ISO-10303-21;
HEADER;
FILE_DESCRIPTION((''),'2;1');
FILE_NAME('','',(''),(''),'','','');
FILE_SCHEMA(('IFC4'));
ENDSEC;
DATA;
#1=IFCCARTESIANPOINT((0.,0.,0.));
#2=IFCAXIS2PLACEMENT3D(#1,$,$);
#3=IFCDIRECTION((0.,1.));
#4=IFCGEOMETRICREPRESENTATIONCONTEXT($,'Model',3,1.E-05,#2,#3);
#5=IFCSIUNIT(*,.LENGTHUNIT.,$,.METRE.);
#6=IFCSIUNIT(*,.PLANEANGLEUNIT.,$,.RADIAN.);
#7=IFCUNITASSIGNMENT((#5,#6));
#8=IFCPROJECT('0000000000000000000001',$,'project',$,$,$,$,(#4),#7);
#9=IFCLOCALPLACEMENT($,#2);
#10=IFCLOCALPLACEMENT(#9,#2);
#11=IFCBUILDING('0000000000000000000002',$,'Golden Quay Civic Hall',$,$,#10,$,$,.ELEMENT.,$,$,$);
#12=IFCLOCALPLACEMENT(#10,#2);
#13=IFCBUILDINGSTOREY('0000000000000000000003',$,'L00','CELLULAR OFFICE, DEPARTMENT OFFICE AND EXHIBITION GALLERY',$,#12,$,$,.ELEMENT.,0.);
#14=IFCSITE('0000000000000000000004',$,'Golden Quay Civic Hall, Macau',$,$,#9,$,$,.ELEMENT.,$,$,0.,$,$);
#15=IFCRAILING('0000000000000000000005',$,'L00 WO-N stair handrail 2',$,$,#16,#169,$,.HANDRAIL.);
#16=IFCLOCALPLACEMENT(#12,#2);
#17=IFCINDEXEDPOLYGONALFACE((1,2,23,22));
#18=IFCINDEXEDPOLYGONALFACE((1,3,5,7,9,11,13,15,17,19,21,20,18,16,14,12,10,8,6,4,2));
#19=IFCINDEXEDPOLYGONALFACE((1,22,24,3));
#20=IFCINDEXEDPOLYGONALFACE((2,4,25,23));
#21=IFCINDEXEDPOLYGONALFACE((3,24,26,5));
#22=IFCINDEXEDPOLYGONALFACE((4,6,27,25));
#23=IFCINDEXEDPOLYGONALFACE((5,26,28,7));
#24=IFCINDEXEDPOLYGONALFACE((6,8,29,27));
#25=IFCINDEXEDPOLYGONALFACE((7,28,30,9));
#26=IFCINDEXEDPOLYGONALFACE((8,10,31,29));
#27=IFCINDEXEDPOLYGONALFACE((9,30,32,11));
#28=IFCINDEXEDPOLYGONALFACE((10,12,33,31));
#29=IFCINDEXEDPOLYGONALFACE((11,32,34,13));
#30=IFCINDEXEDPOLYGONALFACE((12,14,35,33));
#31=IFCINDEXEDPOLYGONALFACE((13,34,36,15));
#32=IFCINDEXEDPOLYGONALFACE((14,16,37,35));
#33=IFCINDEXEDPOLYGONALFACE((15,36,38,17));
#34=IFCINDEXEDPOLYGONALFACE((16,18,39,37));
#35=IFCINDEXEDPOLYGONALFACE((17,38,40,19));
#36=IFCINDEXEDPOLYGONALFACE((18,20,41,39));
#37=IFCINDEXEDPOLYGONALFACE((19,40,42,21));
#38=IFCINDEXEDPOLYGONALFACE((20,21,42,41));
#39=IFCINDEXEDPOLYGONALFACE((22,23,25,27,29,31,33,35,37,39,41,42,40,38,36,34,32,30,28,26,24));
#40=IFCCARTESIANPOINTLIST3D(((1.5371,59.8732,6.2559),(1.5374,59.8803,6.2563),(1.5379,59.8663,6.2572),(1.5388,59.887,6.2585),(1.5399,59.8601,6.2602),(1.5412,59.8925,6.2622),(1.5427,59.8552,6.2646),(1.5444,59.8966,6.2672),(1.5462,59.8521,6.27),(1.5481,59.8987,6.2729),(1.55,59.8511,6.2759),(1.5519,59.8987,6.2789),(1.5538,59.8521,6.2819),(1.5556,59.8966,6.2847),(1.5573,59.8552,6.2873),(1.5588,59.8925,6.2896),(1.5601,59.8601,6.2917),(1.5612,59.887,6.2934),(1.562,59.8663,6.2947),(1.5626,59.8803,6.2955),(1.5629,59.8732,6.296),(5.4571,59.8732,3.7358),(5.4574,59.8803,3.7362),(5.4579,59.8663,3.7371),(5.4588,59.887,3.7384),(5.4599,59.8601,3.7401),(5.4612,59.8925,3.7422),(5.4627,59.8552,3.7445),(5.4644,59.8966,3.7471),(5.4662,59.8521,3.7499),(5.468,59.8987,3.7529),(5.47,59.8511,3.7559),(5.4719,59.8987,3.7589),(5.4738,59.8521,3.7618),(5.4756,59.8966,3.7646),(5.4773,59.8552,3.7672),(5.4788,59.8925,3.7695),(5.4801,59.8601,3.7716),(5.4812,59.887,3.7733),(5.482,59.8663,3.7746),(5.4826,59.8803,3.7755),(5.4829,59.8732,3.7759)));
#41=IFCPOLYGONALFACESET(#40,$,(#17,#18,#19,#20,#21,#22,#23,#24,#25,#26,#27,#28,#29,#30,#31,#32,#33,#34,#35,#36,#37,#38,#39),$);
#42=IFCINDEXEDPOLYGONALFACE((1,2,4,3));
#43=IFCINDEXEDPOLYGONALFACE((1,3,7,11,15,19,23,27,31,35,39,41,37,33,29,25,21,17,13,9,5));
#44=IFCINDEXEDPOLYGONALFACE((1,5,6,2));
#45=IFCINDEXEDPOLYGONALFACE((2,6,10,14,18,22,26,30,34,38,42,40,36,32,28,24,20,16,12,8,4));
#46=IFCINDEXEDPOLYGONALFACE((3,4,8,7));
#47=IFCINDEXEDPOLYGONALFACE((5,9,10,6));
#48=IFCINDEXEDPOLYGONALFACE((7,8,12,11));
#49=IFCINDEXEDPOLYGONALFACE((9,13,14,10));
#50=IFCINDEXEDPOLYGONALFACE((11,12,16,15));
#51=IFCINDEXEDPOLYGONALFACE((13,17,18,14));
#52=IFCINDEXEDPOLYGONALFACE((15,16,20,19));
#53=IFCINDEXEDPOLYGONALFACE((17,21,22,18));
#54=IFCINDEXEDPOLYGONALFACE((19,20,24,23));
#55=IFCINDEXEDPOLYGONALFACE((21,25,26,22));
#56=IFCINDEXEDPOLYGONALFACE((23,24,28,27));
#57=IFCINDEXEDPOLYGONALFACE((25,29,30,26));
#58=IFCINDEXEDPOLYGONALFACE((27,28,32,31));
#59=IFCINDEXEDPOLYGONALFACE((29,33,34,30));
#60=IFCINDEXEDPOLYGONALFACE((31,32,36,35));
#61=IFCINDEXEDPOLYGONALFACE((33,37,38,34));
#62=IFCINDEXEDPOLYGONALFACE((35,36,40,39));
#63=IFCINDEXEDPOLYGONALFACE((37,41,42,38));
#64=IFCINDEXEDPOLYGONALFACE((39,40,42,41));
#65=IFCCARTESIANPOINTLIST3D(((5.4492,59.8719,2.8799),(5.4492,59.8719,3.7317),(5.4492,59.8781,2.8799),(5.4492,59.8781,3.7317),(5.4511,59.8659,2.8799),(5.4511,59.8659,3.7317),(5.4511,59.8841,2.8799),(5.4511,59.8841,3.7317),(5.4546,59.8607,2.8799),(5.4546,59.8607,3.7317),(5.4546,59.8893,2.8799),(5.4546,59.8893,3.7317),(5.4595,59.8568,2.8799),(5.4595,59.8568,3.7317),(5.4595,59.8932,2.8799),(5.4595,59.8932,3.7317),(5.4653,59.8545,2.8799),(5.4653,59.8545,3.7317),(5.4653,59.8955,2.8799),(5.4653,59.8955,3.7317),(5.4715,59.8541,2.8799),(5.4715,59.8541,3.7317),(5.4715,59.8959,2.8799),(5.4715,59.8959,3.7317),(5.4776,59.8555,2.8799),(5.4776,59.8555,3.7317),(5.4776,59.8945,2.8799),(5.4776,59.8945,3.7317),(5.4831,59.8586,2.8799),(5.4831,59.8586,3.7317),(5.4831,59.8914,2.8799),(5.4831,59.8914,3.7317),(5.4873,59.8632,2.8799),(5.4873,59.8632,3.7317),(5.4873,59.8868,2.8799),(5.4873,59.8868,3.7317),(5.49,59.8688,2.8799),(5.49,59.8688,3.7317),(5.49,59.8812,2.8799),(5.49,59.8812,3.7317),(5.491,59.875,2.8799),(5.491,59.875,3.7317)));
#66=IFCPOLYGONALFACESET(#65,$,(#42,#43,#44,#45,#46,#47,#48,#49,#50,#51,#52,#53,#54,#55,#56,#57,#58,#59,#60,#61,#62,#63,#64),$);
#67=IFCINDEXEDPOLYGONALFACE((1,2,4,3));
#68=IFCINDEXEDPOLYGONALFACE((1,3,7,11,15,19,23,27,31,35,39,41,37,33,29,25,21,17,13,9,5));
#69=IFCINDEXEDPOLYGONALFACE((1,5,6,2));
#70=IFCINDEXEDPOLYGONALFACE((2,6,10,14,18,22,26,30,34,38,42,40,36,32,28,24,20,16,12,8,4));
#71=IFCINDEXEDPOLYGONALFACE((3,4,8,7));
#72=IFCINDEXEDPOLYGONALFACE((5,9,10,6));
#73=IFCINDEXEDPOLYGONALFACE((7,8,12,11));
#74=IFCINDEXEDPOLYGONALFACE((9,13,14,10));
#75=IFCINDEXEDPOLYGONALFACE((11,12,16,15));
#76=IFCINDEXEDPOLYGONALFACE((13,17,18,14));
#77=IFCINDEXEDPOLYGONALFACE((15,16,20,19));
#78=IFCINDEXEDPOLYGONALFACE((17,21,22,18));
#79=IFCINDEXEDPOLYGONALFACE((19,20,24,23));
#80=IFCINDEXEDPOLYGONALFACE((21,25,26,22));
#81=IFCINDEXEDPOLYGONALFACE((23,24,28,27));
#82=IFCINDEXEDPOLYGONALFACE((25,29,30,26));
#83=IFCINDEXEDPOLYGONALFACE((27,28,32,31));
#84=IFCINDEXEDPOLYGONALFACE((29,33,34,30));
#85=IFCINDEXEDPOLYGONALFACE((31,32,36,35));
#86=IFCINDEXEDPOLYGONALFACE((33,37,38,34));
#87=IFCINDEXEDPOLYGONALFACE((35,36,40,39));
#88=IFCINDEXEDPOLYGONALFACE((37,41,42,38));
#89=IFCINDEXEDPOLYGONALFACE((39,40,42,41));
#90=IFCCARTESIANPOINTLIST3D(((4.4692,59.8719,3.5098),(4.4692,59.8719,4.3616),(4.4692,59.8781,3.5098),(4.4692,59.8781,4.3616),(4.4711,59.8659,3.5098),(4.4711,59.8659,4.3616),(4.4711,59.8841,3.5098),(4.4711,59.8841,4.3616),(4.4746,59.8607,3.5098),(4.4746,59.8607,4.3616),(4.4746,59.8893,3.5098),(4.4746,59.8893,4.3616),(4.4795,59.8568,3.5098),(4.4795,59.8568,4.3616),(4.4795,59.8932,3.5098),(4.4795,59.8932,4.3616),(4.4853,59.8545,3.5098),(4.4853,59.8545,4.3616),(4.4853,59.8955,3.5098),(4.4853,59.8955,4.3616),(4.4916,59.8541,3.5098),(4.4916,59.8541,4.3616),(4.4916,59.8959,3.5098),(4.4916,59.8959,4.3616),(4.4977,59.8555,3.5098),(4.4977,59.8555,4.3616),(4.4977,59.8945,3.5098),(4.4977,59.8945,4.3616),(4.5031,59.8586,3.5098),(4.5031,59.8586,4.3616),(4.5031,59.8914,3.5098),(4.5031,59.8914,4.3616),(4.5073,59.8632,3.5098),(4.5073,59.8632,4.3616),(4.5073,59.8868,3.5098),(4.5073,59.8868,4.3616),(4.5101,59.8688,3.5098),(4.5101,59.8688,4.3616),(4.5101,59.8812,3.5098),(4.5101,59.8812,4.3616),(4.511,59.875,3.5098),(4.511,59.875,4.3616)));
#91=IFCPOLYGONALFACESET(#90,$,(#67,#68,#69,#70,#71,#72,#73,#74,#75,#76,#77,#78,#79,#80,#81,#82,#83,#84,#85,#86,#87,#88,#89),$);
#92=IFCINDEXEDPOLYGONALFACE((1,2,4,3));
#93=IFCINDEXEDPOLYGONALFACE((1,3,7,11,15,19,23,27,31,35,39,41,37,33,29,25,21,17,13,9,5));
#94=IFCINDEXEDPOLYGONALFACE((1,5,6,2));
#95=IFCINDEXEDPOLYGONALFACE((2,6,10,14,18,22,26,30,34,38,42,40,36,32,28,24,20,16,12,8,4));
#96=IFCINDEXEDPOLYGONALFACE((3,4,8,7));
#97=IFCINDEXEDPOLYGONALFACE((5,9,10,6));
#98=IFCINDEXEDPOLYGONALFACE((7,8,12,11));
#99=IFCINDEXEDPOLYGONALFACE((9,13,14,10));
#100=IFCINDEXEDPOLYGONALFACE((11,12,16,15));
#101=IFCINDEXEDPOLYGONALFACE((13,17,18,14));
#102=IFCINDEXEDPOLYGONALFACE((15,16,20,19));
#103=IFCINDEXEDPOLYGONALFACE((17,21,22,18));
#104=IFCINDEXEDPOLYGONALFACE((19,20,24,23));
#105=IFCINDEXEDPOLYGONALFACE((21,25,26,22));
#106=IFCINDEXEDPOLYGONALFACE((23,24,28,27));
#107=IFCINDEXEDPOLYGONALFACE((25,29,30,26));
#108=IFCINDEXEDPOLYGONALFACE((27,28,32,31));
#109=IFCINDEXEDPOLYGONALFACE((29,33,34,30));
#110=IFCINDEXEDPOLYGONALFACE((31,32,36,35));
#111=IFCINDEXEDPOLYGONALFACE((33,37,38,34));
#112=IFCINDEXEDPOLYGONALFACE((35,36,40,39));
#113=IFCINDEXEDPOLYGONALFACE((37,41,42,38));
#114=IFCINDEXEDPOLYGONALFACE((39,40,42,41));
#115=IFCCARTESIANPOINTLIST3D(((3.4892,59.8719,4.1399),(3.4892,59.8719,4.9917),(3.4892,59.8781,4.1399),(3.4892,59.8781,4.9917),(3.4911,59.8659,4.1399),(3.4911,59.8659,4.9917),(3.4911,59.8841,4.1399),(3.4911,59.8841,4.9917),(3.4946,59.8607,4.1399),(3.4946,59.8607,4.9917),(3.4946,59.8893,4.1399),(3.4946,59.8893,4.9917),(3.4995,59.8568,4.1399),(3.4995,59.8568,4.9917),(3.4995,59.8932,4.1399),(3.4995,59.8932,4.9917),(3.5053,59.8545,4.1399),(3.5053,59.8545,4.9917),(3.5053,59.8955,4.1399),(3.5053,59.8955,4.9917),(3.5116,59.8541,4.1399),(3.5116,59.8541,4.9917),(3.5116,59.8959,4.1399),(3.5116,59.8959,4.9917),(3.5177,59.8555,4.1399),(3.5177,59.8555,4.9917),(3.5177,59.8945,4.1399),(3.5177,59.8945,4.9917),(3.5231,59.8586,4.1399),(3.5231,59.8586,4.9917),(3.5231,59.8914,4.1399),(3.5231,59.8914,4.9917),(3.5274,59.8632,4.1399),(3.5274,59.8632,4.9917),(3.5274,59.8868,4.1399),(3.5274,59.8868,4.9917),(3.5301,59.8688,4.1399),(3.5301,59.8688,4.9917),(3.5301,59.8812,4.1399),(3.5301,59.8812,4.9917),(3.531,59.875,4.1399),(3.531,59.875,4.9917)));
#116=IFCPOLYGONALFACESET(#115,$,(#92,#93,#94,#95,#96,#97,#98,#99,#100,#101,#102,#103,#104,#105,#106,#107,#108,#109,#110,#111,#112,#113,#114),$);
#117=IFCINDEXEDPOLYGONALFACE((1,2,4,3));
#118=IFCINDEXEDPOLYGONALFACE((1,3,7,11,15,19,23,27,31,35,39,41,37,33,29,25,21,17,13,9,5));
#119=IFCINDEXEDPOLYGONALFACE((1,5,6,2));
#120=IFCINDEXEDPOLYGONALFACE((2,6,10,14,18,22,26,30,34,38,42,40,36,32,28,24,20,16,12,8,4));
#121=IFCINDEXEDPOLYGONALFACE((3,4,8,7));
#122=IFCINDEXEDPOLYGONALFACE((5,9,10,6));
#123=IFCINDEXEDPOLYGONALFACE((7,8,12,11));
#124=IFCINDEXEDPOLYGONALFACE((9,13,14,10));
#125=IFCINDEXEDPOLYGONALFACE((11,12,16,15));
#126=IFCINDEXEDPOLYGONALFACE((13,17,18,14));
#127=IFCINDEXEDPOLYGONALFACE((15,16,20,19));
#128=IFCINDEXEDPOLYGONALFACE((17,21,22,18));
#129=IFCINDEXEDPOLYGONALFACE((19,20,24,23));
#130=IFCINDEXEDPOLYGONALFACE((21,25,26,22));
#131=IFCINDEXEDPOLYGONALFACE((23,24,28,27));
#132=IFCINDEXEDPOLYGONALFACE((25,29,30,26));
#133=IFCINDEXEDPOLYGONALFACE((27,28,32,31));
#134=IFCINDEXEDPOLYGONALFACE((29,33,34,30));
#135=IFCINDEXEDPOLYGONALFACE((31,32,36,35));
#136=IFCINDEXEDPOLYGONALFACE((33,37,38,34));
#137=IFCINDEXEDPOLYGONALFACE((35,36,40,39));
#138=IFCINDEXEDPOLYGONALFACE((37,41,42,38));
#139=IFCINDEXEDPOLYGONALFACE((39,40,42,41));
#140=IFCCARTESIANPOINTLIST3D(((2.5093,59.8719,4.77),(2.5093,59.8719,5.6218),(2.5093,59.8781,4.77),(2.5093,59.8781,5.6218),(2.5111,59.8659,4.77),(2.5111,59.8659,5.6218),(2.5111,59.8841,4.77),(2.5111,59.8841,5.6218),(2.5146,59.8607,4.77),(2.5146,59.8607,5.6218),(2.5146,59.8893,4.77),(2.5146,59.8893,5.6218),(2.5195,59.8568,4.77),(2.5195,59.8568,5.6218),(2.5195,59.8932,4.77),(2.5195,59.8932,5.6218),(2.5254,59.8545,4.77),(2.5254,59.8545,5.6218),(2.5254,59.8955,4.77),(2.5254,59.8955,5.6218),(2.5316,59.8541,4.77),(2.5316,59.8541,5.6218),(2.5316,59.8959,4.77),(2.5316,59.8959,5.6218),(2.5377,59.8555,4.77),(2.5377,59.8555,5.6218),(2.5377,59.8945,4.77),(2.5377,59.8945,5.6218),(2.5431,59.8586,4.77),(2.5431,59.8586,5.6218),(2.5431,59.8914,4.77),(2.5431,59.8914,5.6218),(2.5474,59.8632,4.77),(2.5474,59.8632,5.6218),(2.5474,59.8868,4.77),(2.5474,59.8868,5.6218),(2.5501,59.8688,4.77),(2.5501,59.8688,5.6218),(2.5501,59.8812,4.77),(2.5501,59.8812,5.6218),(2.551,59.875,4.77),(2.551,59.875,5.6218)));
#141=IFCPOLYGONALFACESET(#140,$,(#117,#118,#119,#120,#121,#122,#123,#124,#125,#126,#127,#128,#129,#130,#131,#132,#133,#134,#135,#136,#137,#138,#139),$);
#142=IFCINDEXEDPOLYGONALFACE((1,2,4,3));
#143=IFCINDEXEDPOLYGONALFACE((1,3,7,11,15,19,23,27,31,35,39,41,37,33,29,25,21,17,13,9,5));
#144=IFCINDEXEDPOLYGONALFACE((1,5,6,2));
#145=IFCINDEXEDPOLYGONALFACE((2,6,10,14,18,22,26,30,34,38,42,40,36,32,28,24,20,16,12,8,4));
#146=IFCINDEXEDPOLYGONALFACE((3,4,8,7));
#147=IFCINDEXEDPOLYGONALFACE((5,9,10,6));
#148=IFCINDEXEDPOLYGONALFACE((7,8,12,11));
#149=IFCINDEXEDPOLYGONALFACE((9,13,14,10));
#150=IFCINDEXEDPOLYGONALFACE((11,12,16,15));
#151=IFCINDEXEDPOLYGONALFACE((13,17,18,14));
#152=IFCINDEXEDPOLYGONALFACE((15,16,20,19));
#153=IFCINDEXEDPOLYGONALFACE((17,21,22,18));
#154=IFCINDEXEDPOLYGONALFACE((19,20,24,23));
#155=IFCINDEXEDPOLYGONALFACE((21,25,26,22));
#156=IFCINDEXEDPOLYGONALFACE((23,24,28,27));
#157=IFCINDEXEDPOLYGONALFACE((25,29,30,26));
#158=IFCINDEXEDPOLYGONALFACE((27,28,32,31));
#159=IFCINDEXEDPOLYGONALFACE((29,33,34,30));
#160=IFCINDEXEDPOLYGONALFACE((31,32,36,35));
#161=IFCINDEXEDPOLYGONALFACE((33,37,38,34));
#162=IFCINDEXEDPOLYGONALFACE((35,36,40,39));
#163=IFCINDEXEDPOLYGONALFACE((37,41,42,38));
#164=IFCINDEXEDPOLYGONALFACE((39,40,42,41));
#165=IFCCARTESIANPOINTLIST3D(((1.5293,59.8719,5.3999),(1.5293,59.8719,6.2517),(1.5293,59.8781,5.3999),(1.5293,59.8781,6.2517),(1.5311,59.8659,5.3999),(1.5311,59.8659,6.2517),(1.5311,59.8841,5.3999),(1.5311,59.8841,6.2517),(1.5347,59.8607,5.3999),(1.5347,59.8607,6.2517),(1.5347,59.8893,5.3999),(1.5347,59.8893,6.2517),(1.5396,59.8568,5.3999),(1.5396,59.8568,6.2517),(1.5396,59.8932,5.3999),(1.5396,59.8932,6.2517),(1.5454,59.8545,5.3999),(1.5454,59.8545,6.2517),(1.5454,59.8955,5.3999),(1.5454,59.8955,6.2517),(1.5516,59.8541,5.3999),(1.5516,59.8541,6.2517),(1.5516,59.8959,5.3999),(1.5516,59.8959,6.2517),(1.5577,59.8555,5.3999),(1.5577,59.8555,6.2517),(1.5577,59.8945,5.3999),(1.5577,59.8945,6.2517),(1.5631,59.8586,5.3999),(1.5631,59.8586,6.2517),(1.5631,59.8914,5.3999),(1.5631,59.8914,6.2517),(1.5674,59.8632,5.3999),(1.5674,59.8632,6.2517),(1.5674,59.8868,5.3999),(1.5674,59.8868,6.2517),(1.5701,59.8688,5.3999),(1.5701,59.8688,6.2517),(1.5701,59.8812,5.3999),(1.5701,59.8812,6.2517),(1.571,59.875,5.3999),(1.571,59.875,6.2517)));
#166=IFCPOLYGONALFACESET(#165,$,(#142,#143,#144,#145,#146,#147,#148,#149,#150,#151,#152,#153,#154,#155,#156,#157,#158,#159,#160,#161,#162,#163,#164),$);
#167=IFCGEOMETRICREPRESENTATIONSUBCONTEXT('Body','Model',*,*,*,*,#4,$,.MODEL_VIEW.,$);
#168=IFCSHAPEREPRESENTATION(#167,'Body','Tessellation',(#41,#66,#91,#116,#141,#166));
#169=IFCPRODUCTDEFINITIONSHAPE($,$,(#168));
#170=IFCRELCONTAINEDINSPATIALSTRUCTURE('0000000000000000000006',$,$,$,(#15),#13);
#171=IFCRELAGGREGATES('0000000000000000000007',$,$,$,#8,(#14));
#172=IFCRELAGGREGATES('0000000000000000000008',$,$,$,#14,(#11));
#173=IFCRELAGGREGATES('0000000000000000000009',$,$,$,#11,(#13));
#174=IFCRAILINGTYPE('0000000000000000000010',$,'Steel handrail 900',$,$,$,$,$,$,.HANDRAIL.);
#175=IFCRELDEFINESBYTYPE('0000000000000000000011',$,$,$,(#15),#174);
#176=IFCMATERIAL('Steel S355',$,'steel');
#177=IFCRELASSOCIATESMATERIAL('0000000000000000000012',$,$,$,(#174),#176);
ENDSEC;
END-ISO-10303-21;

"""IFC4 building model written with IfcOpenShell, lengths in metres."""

from ifc_helpers import new_model, si_unit, direction, frame, origin, origin_2d, place, context, subcontext, project, spatial, circle, extrude, material, type_object, element, save


model = new_model("IFC4")

# Units and contexts
model_context = context("Model", 3, precision=1e-05, world=origin(), true_north=direction((0.0, 1.0)))
body_context = subcontext(model_context, "Body", "Model", "MODEL_VIEW")
ifc_project = project(units=[si_unit("LENGTHUNIT", "METRE"), si_unit("PLANEANGLEUNIT", "RADIAN")], contexts=[model_context])

# Site, building, storey
site_placement = place(None, origin())
site = spatial("IfcSite", under=ifc_project, at=site_placement, Name="Golden Quay Civic Hall, Macau", CompositionType="ELEMENT", RefElevation=0.0)
building_placement = place(site_placement, origin())
building = spatial("IfcBuilding", under=site, at=building_placement, Name="Golden Quay Civic Hall", CompositionType="ELEMENT")
storey_placement = place(building_placement, origin())
storey = spatial("IfcBuildingStorey", under=building, at=storey_placement, Name="L00", Description="CELLULAR OFFICE, DEPARTMENT OFFICE AND EXHIBITION GALLERY", CompositionType="ELEMENT", Elevation=0.0)

# Railing
ifc_material_1 = material(Name="Steel S355", Category="steel")
railing_type_1 = type_object("IfcRailingType", Name="Steel handrail 900", PredefinedType="HANDRAIL", material=ifc_material_1)
railing_1_placement = place(storey_placement, frame((5.47, 59.875, 2.8799)))
element("IfcRailing", 1, at=railing_1_placement, inside=storey, type_object=railing_type_1, Name="L00 WO-N stair handrail 2", PredefinedType="HANDRAIL", context=body_context, shape_type="SweptSolid", body=[
    extrude(circle(Radius=0.0239, at=origin_2d()), frame((0.0, 0.0, 0.876), z_axis=(-0.841172, 0.0, 0.540768), x_axis=(0.0, -1.0, 0.0)), (0.0, 0.0, 1.0), 4.6602),
    extrude(circle(Radius=0.021, at=origin_2d()), origin(), (0.0, 0.0, 1.0), 0.8518),
    extrude(circle(Radius=0.021, at=origin_2d()), frame((-0.98, 0.0, 0.6299)), (0.0, 0.0, 1.0), 0.8518),
    extrude(circle(Radius=0.021, at=origin_2d()), frame((-1.96, 0.0, 1.26)), (0.0, 0.0, 1.0), 0.8518),
    extrude(circle(Radius=0.021, at=origin_2d()), frame((-2.9399, 0.0, 1.8901)), (0.0, 0.0, 1.0), 0.8518),
    extrude(circle(Radius=0.021, at=origin_2d()), frame((-3.9199, 0.0, 2.52)), (0.0, 0.0, 1.0), 0.8518),
])

save(model, "model.ifc")
